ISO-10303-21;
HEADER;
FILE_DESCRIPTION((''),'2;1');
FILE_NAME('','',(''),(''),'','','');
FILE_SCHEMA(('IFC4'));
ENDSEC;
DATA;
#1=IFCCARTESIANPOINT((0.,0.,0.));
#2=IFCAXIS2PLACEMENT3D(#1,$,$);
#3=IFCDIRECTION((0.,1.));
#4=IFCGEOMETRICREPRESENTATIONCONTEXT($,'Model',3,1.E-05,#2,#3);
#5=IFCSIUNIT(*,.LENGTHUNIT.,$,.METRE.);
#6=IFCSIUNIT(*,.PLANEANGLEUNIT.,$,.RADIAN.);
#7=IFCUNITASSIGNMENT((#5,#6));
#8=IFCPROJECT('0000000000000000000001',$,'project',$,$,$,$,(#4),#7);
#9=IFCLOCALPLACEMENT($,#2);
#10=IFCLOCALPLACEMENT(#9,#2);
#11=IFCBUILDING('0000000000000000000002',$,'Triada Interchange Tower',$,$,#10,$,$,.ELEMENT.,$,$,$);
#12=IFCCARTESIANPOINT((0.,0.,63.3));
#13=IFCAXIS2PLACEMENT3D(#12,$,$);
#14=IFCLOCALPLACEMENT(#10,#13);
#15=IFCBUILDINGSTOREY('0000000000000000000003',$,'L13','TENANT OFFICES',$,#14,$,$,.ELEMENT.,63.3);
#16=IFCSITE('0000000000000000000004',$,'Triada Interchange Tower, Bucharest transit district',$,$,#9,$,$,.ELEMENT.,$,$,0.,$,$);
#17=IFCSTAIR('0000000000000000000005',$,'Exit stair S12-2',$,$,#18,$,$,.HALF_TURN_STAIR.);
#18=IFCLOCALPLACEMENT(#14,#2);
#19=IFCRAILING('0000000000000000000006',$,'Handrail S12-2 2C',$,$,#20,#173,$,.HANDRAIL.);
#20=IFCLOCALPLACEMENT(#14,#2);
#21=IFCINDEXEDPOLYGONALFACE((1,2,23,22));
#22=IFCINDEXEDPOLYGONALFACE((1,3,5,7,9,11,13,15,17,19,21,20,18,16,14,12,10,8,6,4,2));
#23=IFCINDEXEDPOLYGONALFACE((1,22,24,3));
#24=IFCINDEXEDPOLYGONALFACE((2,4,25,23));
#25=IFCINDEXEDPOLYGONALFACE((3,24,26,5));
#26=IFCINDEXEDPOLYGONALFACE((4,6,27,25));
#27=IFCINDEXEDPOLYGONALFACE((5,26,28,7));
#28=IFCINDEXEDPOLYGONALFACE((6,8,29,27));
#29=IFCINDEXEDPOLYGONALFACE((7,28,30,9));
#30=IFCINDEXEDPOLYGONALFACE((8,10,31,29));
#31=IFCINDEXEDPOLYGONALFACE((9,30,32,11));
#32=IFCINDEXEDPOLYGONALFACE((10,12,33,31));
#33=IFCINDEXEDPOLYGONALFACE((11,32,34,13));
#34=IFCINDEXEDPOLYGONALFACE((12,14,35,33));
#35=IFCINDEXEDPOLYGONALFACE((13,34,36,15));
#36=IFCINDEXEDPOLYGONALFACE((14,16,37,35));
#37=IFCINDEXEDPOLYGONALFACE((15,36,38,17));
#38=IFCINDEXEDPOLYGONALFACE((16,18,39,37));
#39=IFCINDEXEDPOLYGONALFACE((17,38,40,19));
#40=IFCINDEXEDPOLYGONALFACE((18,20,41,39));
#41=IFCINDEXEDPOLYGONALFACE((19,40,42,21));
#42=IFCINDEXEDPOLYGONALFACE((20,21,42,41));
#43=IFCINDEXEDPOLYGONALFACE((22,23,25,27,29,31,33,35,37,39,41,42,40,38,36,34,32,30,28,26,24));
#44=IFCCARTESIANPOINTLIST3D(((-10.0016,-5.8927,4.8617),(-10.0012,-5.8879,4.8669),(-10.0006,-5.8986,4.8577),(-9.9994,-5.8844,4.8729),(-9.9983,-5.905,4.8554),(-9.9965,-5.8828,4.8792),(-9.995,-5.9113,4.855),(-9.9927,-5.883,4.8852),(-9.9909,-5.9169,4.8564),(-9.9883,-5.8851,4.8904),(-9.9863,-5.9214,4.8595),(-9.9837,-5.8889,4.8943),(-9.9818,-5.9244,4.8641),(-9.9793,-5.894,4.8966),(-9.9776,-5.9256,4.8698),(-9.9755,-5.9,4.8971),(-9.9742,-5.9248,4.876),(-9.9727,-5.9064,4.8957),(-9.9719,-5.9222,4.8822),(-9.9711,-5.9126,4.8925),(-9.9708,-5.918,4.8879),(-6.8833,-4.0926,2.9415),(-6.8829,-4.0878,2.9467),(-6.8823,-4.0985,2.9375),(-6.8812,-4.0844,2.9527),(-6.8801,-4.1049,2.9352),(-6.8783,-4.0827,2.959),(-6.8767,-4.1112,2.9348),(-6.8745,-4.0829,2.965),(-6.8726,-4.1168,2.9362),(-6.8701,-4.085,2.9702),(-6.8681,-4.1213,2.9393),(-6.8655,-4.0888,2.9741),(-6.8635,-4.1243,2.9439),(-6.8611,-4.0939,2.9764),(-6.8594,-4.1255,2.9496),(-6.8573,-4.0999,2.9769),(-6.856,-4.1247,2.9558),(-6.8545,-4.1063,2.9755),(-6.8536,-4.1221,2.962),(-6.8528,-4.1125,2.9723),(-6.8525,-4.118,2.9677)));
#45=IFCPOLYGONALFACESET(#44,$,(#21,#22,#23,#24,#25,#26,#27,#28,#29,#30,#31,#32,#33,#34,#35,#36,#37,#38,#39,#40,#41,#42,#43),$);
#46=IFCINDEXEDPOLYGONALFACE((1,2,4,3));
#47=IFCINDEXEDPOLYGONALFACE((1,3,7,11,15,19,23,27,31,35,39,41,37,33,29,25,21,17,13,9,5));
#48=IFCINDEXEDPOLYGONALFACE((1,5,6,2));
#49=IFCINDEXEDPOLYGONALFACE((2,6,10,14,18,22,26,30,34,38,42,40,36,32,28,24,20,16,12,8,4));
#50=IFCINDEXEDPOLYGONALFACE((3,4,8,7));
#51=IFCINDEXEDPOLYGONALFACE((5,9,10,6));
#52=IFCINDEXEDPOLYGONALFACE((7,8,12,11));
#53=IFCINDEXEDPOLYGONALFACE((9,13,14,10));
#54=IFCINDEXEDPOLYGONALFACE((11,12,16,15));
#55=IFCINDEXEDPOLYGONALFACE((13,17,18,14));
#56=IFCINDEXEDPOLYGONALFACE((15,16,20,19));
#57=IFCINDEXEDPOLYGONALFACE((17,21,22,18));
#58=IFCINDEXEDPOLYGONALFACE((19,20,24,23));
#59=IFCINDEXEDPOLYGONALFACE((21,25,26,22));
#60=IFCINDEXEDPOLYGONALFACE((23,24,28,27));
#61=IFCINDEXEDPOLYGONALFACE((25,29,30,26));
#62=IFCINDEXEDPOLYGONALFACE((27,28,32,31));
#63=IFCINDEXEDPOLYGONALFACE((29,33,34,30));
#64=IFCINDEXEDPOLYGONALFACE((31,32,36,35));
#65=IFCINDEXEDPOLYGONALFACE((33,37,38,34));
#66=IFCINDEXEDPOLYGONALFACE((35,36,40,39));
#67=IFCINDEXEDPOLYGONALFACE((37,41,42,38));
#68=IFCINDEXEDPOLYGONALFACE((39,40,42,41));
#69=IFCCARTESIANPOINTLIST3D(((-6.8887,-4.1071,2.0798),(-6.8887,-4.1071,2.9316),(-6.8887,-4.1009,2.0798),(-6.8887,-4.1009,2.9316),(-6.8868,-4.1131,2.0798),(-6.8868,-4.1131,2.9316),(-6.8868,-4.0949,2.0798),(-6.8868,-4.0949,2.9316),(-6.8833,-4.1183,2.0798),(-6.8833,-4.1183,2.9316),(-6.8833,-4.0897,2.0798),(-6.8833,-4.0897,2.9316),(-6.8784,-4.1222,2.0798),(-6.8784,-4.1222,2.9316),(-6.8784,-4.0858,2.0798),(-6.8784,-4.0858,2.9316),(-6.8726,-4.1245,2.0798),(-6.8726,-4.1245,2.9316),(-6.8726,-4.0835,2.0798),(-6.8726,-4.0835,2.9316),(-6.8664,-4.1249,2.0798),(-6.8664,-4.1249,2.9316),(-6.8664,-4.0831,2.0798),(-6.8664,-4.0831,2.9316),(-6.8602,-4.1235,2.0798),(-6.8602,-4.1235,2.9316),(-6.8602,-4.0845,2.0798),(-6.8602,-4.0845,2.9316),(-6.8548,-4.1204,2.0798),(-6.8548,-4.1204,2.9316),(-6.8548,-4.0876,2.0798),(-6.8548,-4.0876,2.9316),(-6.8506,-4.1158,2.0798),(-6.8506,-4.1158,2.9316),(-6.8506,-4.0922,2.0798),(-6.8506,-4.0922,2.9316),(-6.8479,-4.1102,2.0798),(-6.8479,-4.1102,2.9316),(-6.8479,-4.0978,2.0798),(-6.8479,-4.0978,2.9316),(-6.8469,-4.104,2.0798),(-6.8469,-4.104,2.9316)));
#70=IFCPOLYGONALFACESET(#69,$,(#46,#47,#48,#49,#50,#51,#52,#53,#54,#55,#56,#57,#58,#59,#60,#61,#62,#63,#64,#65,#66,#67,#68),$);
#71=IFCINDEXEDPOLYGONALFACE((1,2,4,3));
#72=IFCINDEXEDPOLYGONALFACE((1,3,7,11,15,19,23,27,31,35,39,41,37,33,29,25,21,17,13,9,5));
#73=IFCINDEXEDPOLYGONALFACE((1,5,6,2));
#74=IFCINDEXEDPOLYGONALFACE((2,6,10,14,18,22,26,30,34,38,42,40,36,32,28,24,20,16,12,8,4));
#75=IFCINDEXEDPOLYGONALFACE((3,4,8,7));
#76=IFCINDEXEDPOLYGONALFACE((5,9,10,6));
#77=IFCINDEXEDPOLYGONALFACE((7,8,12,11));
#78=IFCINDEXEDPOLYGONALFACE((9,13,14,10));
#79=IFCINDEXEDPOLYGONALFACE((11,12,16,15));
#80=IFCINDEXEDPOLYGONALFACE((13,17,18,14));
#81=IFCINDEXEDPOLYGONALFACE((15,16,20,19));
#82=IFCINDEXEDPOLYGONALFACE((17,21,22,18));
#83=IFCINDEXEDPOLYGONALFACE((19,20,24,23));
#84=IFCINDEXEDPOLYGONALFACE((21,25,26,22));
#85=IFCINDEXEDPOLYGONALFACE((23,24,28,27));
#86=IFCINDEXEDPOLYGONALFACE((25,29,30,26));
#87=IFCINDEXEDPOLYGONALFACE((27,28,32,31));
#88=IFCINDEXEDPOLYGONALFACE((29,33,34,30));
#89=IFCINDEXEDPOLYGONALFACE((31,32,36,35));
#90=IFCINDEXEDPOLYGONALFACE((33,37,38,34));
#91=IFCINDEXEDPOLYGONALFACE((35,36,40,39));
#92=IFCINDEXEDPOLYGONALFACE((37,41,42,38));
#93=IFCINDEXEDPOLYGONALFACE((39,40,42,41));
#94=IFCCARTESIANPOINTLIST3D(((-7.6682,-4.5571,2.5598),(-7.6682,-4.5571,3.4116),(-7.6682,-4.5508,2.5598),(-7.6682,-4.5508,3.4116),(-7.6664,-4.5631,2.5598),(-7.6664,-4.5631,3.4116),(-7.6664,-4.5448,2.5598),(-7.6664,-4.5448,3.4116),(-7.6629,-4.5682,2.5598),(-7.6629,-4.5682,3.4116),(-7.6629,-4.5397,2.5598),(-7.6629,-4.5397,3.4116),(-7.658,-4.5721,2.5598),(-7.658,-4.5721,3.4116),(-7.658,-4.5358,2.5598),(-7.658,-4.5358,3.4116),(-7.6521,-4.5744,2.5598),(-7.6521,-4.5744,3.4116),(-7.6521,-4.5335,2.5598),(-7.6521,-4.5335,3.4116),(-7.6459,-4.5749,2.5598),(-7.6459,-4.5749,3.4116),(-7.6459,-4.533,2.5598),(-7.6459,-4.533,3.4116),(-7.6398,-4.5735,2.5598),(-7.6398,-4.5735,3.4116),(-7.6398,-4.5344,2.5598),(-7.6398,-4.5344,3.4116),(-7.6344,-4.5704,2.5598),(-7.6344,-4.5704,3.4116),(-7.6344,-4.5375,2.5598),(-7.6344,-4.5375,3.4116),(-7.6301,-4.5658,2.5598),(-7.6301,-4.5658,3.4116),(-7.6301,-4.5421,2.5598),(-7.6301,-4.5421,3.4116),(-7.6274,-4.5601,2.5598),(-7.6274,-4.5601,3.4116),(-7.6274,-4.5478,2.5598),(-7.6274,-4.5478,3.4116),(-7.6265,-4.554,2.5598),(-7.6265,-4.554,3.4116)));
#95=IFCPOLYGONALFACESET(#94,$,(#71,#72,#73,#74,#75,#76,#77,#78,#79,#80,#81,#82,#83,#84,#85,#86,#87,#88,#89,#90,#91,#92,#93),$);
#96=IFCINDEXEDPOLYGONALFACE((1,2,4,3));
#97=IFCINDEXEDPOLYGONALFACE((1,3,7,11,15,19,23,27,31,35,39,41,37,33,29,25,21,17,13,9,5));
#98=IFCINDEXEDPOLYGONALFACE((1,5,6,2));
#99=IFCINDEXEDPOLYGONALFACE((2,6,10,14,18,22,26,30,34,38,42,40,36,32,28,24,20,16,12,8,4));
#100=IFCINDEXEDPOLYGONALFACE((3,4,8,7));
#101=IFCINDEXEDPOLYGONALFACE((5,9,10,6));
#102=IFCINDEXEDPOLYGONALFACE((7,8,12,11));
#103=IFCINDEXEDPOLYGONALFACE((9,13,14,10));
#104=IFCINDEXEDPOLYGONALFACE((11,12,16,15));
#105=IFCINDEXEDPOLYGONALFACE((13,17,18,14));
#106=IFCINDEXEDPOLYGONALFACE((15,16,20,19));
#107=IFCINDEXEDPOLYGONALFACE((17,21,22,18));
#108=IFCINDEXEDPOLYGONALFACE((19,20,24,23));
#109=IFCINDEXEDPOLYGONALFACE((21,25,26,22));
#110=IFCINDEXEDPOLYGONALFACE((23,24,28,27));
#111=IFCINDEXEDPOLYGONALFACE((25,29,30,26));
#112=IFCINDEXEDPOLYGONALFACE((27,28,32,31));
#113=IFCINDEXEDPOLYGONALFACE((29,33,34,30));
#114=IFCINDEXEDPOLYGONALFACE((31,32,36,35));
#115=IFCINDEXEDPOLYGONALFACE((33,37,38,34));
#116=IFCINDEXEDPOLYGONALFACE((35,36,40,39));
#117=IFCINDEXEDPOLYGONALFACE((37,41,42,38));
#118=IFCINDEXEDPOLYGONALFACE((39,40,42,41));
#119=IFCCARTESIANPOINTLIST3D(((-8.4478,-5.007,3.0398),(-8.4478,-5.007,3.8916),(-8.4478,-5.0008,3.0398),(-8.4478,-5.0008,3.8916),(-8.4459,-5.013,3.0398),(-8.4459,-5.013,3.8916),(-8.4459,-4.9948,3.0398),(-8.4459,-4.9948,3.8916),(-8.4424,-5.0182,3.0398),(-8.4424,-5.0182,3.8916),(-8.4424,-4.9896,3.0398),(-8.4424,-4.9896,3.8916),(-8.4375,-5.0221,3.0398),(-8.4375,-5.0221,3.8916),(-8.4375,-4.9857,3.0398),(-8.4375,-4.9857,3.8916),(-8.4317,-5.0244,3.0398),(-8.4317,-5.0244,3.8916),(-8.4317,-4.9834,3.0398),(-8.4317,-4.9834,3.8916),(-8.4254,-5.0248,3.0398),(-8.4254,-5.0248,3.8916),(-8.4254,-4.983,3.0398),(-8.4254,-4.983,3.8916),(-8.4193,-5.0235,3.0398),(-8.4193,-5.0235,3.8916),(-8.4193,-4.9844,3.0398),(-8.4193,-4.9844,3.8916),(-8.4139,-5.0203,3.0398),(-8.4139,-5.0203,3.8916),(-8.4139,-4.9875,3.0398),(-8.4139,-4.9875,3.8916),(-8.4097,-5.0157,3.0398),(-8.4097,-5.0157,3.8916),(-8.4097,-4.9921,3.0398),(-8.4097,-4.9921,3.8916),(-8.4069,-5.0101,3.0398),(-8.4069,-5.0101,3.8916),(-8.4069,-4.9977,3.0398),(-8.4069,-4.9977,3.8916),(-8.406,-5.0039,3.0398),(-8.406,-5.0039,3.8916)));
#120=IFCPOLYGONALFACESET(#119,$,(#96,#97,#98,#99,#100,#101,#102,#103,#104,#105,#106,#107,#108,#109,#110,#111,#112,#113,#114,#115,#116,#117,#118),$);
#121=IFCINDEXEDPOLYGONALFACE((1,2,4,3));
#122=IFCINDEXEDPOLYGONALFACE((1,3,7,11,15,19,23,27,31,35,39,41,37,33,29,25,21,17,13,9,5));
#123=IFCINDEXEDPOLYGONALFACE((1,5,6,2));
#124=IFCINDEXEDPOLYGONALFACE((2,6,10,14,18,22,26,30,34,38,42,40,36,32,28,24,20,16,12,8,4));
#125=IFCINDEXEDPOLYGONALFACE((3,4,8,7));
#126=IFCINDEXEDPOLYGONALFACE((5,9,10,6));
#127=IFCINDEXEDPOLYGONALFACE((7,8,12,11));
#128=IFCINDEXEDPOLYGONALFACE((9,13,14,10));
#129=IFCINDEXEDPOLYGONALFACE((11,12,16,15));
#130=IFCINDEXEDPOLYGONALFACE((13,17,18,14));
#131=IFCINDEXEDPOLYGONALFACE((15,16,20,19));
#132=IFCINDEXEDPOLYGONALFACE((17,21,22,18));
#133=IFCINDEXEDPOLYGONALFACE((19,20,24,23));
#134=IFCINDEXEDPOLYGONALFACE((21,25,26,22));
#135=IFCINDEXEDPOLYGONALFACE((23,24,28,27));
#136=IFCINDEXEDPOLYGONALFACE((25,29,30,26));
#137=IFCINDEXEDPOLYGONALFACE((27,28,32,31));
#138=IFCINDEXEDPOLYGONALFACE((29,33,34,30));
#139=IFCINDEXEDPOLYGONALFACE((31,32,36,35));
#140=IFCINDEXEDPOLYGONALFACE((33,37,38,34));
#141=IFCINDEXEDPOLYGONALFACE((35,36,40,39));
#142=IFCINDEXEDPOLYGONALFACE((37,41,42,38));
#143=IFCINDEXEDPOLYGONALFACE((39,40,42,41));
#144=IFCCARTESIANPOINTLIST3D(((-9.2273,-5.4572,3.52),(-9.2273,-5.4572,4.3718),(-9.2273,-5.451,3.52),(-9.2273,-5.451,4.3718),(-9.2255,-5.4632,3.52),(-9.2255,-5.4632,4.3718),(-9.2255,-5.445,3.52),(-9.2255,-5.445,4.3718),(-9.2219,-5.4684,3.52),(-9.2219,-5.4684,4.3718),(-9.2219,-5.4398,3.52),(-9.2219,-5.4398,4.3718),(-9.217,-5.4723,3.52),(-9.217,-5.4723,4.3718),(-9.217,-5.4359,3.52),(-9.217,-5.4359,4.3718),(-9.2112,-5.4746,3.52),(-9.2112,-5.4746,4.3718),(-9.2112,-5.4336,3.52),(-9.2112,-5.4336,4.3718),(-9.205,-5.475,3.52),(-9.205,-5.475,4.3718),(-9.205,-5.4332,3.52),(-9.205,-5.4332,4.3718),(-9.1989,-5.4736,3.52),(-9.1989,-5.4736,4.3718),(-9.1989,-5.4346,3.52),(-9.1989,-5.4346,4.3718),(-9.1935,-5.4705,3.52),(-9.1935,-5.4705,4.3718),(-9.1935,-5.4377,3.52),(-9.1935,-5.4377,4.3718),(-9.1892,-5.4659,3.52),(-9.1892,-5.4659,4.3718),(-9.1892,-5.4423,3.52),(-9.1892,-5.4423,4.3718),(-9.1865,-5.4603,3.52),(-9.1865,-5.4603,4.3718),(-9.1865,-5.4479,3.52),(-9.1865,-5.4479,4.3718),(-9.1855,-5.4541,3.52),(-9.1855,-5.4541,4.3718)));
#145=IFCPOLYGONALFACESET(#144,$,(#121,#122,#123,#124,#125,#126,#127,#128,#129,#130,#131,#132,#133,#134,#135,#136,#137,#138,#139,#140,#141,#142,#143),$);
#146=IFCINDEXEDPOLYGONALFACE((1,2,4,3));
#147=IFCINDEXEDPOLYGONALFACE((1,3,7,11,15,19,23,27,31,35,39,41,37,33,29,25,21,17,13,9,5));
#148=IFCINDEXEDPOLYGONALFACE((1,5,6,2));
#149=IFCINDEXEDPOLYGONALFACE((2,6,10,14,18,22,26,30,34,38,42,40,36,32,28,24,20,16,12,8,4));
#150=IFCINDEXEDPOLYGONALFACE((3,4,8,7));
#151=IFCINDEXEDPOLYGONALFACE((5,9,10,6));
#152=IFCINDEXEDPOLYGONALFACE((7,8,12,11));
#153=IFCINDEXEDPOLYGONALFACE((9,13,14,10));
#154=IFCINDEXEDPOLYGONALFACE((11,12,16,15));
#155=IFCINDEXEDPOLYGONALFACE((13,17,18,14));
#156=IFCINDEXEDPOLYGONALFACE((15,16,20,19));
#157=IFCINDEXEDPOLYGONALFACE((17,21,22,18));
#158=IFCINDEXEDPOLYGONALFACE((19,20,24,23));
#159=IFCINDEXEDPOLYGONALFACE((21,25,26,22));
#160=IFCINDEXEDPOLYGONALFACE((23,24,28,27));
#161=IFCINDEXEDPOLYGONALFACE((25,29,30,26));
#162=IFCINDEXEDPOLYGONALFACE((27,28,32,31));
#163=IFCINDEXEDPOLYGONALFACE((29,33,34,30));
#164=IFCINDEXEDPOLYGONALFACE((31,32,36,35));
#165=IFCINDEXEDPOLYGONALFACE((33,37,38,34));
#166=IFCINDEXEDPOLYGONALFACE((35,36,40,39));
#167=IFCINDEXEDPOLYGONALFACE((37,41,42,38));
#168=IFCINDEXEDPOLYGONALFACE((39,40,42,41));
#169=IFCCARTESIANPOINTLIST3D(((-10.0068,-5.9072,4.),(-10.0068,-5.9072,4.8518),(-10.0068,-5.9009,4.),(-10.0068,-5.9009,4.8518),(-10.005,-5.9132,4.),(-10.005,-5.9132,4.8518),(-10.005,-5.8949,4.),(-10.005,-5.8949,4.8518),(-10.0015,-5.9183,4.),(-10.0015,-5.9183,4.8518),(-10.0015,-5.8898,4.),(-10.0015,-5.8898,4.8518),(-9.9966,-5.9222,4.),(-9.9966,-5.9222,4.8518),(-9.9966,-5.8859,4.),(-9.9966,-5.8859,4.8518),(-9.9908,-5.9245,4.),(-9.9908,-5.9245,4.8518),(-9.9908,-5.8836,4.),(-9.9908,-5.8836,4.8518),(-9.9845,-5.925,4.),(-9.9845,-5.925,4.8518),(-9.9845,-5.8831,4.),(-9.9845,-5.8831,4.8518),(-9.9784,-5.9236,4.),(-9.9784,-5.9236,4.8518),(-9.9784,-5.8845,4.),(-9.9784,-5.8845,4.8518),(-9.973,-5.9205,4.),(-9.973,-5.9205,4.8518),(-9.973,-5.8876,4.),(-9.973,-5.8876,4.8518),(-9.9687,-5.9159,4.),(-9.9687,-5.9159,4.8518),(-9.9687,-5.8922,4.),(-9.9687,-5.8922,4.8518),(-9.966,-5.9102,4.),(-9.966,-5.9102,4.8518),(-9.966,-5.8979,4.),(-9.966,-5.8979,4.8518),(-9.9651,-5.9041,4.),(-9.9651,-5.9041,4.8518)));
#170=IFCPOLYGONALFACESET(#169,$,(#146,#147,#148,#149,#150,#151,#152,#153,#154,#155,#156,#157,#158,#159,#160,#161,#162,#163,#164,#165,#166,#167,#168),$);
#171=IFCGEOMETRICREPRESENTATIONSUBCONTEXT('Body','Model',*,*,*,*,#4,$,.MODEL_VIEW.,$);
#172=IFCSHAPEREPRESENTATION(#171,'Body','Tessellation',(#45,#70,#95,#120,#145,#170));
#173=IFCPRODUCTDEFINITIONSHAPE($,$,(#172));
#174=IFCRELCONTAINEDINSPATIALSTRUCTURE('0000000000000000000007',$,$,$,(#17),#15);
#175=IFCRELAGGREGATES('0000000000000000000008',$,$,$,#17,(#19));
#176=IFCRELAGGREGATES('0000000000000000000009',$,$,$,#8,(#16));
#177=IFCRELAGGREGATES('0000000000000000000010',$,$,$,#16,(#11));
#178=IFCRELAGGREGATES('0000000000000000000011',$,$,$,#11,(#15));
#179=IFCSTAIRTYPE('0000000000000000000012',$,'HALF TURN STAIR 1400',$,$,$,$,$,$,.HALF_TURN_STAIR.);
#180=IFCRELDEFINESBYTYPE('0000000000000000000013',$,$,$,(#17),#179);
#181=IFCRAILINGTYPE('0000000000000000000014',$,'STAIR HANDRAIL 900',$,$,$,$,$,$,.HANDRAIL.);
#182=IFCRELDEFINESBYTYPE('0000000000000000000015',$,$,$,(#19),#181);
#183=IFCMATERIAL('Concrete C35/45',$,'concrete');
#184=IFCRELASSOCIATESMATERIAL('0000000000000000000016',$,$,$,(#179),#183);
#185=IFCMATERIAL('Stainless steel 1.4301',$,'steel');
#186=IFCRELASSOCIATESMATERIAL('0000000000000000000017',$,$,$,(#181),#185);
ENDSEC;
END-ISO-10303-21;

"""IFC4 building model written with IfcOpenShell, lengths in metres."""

from ifc_helpers import new_model, si_unit, direction, frame, origin, origin_2d, place, context, subcontext, project, spatial, circle, extrude, material, type_object, element, aggregate, save


model = new_model("IFC4")

# Units and contexts
model_context = context("Model", 3, precision=1e-05, world=origin(), true_north=direction((0.0, 1.0)))
body_context = subcontext(model_context, "Body", "Model", "MODEL_VIEW")
ifc_project = project(units=[si_unit("LENGTHUNIT", "METRE"), si_unit("PLANEANGLEUNIT", "RADIAN")], contexts=[model_context])

# Site, building, storey
site_placement = place(None, origin())
site = spatial("IfcSite", under=ifc_project, at=site_placement, Name="Triada Interchange Tower, Bucharest transit district", CompositionType="ELEMENT", RefElevation=0.0)
building_placement = place(site_placement, origin())
building = spatial("IfcBuilding", under=site, at=building_placement, Name="Triada Interchange Tower", CompositionType="ELEMENT")
storey_placement = place(building_placement, frame((0.0, 0.0, 63.3)))
storey = spatial("IfcBuildingStorey", under=building, at=storey_placement, Name="L13", Description="TENANT OFFICES", CompositionType="ELEMENT", Elevation=63.3)

# Stair, railing
ifc_material_1 = material(Name="Concrete C35/45", Category="concrete")
stair_type = type_object("IfcStairType", Name="HALF TURN STAIR 1400", PredefinedType="HALF_TURN_STAIR", material=ifc_material_1)
stair_placement = place(storey_placement, origin())
stair = element("IfcStair", 1, at=stair_placement, inside=storey, type_object=stair_type, Name="Exit stair S12-2", PredefinedType="HALF_TURN_STAIR")
ifc_material_2 = material(Name="Stainless steel 1.4301", Category="steel")
railing_type = type_object("IfcRailingType", Name="STAIR HANDRAIL 900", PredefinedType="HANDRAIL", material=ifc_material_2)
railing_1_placement = place(storey_placement, frame((-6.8679, -4.104, 2.0798)))
railing_1 = element("IfcRailing", 2, at=railing_1_placement, type_object=railing_type, Name="Handrail S12-2 2C", PredefinedType="HANDRAIL", context=body_context, shape_type="SweptSolid", body=[
    extrude(circle(Radius=0.0239, at=origin_2d()), frame((0.0, 0.0, 0.876), z_axis=(-0.76417, -0.441139, 0.470576), x_axis=(0.499953, -0.866052, 0.0)), (0.0, 0.0, 1.0), 4.0806),
    extrude(circle(Radius=0.021, at=origin_2d()), origin(), (0.0, 0.0, 1.0), 0.8518),
    extrude(circle(Radius=0.021, at=origin_2d()), frame((-0.7795, -0.45, 0.48)), (0.0, 0.0, 1.0), 0.8518),
    extrude(circle(Radius=0.021, at=origin_2d()), frame((-1.5591, -0.8999, 0.96)), (0.0, 0.0, 1.0), 0.8518),
    extrude(circle(Radius=0.021, at=origin_2d()), frame((-2.3386, -1.3501, 1.4402)), (0.0, 0.0, 1.0), 0.8518),
    extrude(circle(Radius=0.021, at=origin_2d()), frame((-3.1182, -1.8, 1.9202)), (0.0, 0.0, 1.0), 0.8518),
])
aggregate(stair, [railing_1])

save(model, "model.ifc")
